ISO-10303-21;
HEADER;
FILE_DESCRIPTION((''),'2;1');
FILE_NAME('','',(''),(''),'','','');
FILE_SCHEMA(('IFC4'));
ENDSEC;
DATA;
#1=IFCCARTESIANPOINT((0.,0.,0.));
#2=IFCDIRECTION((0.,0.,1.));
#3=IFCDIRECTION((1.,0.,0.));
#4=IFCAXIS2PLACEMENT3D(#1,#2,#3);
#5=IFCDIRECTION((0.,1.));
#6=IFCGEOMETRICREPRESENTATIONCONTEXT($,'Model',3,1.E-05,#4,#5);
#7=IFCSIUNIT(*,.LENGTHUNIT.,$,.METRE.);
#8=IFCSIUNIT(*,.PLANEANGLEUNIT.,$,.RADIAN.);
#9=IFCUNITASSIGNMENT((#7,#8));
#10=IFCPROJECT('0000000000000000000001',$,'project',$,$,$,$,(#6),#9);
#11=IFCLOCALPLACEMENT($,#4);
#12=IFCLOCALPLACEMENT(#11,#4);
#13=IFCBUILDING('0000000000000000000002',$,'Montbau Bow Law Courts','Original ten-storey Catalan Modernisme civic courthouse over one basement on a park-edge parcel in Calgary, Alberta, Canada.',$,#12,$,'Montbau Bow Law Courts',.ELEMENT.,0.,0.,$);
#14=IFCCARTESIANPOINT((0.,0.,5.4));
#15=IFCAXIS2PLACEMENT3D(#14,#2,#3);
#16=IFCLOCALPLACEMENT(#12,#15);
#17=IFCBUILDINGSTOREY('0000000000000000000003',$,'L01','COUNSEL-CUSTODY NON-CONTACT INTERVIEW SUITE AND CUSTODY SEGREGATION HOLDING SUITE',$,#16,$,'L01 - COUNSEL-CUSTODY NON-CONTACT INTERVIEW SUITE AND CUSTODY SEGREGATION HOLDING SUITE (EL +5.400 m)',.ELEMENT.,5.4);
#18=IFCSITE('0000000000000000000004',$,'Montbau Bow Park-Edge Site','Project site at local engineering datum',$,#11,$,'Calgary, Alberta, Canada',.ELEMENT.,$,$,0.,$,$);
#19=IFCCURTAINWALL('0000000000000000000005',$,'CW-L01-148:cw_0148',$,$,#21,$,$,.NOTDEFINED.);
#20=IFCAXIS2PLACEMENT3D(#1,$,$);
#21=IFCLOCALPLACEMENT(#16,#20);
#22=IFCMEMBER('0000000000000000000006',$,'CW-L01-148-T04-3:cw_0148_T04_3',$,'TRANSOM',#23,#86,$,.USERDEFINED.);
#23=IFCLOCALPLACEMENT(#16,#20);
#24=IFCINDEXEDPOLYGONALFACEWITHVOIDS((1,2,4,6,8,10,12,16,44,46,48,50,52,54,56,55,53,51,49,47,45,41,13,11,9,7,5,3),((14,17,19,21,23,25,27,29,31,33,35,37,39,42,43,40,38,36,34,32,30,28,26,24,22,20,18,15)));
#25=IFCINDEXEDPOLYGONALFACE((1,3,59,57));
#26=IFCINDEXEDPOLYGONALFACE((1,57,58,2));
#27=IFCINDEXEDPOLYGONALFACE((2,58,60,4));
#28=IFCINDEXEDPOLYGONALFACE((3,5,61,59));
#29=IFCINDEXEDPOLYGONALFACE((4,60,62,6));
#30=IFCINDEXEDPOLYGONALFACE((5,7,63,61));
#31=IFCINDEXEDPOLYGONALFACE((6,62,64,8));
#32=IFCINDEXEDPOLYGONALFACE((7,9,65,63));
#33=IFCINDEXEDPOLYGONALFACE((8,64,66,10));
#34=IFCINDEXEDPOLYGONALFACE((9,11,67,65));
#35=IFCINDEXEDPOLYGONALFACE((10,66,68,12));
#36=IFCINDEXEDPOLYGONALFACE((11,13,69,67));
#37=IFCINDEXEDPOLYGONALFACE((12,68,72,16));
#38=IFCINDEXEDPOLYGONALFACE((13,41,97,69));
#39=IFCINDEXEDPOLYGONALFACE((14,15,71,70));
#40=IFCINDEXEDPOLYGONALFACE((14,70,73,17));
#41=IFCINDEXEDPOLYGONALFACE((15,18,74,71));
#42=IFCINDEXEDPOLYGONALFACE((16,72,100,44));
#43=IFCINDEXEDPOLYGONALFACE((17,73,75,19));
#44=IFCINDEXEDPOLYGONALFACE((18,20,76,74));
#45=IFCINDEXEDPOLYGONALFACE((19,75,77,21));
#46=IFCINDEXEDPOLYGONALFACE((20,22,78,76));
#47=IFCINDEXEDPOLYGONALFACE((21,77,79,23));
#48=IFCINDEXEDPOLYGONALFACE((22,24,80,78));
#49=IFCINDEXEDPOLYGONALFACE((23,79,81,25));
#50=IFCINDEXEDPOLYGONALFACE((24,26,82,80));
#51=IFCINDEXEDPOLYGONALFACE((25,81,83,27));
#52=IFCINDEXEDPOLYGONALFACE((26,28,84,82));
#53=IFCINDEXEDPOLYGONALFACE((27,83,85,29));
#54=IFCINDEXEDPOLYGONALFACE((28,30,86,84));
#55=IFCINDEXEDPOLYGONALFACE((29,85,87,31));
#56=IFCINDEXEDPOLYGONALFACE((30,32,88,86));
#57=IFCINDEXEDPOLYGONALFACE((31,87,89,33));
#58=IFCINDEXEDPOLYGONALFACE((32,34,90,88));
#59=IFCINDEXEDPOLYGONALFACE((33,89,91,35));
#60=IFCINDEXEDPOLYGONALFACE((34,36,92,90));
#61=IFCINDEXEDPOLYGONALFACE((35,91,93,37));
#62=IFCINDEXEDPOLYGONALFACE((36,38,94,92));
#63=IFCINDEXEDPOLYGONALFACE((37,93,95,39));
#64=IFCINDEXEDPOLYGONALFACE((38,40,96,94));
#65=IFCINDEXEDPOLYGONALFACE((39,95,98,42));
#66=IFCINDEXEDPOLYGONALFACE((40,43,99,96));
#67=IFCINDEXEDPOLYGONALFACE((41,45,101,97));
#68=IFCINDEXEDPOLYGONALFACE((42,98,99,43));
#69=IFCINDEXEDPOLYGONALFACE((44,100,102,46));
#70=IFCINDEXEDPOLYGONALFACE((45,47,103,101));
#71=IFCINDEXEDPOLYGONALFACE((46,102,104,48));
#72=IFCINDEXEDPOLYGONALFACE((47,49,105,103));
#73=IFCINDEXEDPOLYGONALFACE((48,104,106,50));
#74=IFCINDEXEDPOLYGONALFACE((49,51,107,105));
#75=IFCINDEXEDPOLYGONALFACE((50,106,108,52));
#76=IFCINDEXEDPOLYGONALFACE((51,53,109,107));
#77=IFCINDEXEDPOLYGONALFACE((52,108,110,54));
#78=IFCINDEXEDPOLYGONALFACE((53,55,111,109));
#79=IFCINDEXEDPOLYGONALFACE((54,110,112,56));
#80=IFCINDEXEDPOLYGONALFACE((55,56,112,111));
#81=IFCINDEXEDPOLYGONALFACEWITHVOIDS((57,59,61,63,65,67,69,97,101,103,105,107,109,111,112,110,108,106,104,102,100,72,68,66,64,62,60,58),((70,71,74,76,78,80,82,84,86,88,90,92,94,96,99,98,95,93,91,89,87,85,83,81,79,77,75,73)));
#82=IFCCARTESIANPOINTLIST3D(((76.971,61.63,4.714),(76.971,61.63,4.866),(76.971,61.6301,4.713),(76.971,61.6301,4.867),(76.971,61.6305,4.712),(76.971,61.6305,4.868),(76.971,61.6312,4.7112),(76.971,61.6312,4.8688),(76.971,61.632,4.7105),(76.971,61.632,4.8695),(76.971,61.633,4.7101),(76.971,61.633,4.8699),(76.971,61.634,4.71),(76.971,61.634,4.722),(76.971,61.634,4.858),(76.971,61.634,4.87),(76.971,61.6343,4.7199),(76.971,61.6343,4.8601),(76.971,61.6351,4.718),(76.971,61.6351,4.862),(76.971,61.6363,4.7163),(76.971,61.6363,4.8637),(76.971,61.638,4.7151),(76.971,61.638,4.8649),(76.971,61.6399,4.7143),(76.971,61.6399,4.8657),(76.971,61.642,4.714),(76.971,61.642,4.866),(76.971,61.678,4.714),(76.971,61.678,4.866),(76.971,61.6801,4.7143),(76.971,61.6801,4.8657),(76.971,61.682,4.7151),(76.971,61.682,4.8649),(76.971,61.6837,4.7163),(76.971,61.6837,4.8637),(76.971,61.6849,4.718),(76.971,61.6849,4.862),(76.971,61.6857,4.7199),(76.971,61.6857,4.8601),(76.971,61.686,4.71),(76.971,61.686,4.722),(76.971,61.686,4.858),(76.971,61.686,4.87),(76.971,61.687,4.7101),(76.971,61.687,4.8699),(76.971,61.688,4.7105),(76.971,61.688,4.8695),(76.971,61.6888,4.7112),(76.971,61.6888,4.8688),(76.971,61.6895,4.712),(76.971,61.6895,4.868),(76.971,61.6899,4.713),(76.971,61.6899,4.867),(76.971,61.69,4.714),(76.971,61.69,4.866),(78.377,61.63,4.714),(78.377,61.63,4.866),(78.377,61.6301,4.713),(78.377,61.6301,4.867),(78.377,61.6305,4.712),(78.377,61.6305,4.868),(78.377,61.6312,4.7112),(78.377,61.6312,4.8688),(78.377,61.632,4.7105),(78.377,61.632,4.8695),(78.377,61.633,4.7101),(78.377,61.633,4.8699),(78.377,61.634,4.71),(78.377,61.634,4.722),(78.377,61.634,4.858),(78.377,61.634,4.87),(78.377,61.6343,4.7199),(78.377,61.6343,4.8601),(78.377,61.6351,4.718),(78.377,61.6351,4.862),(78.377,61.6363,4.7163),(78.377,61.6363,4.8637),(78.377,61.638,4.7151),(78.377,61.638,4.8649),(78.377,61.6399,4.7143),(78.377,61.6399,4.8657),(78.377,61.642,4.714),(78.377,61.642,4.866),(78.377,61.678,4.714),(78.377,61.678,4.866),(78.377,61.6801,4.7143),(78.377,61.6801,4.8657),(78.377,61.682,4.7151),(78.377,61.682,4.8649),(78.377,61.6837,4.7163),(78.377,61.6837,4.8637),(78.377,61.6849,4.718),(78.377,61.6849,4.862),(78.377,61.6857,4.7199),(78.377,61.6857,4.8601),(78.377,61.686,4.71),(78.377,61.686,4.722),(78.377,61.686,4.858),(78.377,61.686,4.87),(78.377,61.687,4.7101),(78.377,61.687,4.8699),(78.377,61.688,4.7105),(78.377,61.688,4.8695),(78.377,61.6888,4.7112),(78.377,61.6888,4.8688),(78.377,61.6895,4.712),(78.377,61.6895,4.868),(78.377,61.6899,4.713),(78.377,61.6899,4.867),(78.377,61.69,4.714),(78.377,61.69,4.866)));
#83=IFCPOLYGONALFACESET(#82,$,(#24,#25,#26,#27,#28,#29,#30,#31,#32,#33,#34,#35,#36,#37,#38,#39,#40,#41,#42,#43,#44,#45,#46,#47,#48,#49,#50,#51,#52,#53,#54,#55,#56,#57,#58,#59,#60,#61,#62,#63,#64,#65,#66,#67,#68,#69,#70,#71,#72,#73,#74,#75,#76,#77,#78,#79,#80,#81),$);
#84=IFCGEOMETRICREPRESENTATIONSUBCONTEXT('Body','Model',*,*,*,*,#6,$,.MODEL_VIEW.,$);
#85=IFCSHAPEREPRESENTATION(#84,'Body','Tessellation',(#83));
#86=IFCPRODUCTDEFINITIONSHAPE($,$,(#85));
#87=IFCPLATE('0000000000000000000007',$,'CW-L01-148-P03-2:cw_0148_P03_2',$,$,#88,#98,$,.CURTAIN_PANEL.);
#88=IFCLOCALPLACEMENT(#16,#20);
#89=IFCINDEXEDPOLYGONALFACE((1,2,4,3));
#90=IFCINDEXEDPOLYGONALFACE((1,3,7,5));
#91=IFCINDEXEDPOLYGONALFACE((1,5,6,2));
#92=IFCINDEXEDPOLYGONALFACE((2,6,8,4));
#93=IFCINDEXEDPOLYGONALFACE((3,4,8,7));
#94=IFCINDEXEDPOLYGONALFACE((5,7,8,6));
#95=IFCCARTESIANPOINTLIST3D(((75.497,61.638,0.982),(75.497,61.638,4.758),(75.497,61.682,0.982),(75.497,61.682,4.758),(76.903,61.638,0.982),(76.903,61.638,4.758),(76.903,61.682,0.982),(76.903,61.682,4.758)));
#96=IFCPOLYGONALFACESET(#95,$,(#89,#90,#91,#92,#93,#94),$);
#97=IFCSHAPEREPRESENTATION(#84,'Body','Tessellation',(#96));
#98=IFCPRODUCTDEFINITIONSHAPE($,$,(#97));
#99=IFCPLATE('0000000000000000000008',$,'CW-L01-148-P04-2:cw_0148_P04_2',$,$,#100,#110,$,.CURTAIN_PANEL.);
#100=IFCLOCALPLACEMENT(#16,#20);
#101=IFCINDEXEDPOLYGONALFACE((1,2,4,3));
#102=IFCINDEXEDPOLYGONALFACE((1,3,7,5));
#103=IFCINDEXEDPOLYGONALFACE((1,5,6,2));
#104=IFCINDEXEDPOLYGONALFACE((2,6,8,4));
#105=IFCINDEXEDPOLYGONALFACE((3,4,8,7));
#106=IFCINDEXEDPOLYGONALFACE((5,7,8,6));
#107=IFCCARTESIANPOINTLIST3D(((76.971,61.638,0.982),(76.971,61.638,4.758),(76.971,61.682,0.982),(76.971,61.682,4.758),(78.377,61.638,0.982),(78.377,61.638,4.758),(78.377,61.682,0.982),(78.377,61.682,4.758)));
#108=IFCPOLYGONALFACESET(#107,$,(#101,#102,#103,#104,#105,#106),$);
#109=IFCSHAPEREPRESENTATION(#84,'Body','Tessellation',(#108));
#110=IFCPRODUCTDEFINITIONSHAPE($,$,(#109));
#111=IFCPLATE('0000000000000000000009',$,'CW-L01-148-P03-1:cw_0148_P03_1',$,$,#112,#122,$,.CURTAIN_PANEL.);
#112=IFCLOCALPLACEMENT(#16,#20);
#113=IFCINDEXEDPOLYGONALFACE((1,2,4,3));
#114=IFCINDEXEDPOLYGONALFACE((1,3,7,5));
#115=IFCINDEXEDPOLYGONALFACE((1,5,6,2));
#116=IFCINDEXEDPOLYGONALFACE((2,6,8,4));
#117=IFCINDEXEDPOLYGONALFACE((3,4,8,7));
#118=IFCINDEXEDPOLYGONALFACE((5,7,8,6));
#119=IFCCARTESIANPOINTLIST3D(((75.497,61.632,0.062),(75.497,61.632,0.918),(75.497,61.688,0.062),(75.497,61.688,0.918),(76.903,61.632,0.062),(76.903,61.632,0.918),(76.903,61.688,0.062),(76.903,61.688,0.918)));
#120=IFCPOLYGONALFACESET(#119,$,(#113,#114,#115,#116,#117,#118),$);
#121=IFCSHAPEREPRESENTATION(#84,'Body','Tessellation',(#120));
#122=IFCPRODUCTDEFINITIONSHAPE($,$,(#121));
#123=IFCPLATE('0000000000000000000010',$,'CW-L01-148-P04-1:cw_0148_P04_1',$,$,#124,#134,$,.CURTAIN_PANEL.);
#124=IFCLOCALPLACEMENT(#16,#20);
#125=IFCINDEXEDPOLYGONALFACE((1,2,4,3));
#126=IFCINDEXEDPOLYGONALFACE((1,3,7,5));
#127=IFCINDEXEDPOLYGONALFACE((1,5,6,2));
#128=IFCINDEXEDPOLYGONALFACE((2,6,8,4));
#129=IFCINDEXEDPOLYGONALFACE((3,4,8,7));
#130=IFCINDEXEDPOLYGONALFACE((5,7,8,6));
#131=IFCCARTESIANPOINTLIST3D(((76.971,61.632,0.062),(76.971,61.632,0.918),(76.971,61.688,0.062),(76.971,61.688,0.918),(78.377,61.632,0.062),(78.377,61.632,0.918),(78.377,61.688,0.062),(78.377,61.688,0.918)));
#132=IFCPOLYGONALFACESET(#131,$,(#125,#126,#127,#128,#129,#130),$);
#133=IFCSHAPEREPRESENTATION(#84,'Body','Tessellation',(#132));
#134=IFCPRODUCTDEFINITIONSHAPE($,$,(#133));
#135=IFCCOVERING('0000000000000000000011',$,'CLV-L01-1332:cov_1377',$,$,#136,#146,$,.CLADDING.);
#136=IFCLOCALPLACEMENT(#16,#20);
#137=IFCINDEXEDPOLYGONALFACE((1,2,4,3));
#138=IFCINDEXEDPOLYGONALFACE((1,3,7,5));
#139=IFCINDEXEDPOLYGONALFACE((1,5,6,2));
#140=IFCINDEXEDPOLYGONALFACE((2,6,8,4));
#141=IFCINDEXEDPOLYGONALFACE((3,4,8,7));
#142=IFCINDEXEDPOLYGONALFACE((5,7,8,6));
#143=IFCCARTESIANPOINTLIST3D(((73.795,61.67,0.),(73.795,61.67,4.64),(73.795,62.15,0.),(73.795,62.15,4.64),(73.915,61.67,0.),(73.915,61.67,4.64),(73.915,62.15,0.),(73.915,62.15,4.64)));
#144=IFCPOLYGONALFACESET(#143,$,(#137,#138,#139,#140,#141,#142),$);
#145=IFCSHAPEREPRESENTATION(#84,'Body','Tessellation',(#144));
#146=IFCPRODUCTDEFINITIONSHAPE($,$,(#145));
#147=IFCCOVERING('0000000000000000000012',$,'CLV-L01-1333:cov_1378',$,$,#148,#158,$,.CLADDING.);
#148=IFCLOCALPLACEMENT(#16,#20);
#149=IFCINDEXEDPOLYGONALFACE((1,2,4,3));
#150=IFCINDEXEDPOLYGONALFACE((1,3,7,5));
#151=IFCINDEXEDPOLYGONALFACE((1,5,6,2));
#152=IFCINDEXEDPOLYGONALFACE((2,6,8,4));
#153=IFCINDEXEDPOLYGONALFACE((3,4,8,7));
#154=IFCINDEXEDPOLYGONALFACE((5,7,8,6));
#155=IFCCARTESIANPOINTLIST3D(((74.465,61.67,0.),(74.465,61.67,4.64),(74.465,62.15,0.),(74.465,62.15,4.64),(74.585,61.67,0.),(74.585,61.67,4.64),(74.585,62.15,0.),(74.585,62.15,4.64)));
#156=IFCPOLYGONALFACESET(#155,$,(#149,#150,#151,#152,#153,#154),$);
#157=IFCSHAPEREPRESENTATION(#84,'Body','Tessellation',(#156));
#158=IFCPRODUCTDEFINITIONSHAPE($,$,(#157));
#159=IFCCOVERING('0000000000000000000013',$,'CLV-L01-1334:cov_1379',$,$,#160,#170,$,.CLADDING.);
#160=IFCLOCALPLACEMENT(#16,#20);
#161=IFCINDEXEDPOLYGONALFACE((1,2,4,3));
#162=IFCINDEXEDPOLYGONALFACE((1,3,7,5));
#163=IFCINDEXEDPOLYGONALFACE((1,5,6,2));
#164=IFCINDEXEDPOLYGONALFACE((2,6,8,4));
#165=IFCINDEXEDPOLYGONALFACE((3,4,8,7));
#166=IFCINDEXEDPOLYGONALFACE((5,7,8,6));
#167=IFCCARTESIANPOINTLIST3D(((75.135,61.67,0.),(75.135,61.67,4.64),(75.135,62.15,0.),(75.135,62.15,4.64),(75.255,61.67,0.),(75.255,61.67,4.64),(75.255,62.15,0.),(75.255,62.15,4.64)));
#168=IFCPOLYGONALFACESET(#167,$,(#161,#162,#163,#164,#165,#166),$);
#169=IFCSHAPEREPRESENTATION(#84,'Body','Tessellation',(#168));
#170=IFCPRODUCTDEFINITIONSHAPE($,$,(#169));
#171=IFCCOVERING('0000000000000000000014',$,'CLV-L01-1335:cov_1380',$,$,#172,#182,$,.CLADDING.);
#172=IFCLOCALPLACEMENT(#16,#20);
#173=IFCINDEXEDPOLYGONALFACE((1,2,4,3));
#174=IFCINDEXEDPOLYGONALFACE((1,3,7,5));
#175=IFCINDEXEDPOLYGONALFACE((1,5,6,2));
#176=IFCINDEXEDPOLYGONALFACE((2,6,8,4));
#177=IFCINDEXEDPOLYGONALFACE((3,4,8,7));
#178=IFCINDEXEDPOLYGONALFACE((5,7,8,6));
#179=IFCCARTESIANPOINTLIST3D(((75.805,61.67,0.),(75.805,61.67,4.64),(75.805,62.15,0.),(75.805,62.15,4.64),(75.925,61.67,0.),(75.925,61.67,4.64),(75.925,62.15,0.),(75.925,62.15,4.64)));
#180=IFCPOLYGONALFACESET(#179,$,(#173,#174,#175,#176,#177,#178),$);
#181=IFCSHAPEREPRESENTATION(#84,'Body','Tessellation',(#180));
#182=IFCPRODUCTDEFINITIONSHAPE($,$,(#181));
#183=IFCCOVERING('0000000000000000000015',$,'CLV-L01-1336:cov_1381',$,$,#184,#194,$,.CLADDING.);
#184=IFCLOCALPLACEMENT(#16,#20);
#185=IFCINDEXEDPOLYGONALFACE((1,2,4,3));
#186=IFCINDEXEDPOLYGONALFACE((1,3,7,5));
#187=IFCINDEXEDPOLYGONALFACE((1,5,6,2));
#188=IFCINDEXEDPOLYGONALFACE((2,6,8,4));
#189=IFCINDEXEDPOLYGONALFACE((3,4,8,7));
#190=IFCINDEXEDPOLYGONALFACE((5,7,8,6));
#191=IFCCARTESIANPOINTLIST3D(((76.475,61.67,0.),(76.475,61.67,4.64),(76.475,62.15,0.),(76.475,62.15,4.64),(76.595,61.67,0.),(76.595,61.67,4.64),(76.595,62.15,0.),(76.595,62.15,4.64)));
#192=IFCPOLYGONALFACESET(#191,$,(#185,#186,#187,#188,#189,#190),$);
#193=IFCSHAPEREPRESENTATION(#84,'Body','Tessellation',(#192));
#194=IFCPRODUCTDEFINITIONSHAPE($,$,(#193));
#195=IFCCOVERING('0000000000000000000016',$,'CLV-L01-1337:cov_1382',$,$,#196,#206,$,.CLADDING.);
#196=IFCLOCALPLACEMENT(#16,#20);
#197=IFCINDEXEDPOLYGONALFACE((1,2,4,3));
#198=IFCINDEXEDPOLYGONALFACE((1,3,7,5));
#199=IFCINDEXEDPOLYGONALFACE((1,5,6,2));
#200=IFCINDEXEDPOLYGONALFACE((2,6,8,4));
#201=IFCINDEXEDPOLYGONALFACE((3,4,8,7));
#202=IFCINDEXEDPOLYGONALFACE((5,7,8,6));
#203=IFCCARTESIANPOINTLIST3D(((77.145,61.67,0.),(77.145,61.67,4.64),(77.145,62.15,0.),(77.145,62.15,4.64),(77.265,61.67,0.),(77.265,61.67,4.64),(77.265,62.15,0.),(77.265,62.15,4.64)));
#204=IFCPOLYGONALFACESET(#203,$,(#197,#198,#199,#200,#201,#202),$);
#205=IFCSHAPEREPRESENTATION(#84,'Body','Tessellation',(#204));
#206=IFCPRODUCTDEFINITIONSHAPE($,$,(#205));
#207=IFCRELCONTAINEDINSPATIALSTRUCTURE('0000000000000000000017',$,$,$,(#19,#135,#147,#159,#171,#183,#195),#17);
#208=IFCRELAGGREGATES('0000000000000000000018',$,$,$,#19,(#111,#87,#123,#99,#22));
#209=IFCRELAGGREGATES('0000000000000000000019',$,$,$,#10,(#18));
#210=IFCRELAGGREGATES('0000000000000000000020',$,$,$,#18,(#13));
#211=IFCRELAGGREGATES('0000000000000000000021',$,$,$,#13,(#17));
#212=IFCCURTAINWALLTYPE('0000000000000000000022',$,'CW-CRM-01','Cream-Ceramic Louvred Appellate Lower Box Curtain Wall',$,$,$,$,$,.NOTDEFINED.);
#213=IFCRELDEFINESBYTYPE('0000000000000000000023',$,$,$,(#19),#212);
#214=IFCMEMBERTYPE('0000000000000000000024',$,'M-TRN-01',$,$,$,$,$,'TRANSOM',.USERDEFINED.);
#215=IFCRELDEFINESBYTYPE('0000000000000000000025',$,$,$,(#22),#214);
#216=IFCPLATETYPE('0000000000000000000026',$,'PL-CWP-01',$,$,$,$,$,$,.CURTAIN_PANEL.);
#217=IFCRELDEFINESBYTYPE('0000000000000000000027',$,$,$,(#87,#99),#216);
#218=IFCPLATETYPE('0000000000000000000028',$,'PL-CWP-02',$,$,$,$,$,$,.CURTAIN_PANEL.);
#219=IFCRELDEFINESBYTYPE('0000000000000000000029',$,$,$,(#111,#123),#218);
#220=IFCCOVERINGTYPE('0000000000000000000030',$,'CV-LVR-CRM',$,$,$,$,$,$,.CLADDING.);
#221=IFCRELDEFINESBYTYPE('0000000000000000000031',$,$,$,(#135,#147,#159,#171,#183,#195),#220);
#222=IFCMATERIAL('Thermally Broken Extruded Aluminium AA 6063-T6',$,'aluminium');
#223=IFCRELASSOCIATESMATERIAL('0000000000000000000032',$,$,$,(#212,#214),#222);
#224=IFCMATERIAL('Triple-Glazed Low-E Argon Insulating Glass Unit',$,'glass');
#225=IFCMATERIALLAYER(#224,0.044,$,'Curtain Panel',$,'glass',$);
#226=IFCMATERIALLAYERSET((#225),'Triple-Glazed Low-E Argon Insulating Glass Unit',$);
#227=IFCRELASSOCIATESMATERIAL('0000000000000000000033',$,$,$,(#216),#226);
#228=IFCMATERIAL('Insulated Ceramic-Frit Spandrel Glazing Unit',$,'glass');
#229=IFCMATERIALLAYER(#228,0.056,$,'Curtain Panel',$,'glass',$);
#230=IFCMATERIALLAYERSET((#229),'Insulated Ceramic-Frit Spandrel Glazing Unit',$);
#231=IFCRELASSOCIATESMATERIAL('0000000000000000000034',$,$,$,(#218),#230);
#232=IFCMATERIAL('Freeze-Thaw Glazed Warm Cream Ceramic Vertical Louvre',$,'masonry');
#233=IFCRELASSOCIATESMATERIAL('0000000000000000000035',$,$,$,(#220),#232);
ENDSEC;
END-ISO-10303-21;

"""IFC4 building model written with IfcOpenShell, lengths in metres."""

from ifc_helpers import new_model, si_unit, direction, frame, frame_2d, origin_with_axes, origin_2d_with_axis, place, context, subcontext, project, spatial, rectangle, hollow_rectangle, extrude, material, layer, layer_set, material_profile, profile_set, type_object, element, aggregate, save


model = new_model("IFC4")

# Units and contexts
model_context = context("Model", 3, precision=1e-05, world=origin_with_axes(), true_north=direction((0.0, 1.0)))
body_context = subcontext(model_context, "Body", "Model", "MODEL_VIEW")
ifc_project = project(units=[si_unit("LENGTHUNIT", "METRE"), si_unit("PLANEANGLEUNIT", "RADIAN")], contexts=[model_context])

# Site, building, storey
site_placement = place(None, origin_with_axes())
site = spatial("IfcSite", under=ifc_project, at=site_placement, Name="Montbau Bow Park-Edge Site", Description="Project site at local engineering datum", LongName="Calgary, Alberta, Canada", CompositionType="ELEMENT", RefElevation=0.0)
building_placement = place(site_placement, origin_with_axes())
building = spatial("IfcBuilding", under=site, at=building_placement, Name="Montbau Bow Law Courts", Description="Original ten-storey Catalan Modernisme civic courthouse over one basement on a park-edge parcel in Calgary, Alberta, Canada.", LongName="Montbau Bow Law Courts", CompositionType="ELEMENT", ElevationOfRefHeight=0.0, ElevationOfTerrain=0.0)
storey_placement = place(building_placement, frame((0.0, 0.0, 5.4), z_axis=(0.0, 0.0, 1.0), x_axis=(1.0, 0.0, 0.0)))
storey = spatial("IfcBuildingStorey", under=building, at=storey_placement, Name="L01", Description="COUNSEL-CUSTODY NON-CONTACT INTERVIEW SUITE AND CUSTODY SEGREGATION HOLDING SUITE", LongName="L01 - COUNSEL-CUSTODY NON-CONTACT INTERVIEW SUITE AND CUSTODY SEGREGATION HOLDING SUITE (EL +5.400 m)", CompositionType="ELEMENT", Elevation=5.4)

# Curtain wall, member, plates
ifc_material_1 = material(Name="Thermally Broken Extruded Aluminium AA 6063-T6", Category="aluminium")
curtain_wall_type = type_object("IfcCurtainWallType", Name="CW-CRM-01", Description="Cream-Ceramic Louvred Appellate Lower Box Curtain Wall", PredefinedType="NOTDEFINED", material=ifc_material_1)
curtain_wall_placement = place(None, frame((72.515, 61.66, 5.4), z_axis=(0.0, 0.0, 1.0), x_axis=(1.0, 0.0, 0.0)))
curtain_wall = element("IfcCurtainWall", 1, at=curtain_wall_placement, inside=storey, type_object=curtain_wall_type, Name="CW-L01-148:cw_0148", PredefinedType="NOTDEFINED")
ifc_material_profile_1 = material_profile(ifc_material_1, hollow_rectangle(XDim=0.06, YDim=0.16, WallThickness=0.004, InnerFilletRadius=0.008, OuterFilletRadius=0.004, at=origin_2d_with_axis()), Name="CWT-160X60", Category="Main", Priority=0)
ifc_profile_set_1 = profile_set([ifc_material_profile_1], Name="Thermally Broken Extruded Aluminium AA 6063-T6")
member_type_1 = type_object("IfcMemberType", Name="M-TRN-01", ElementType="TRANSOM", PredefinedType="USERDEFINED", material=ifc_profile_set_1)
member_1_placement = place(None, frame((76.971, 61.66, 10.19), z_axis=(1.0, 0.0, 0.0), x_axis=(0.0, 1.0, 0.0)))
member_1 = element("IfcMember", 2, at=member_1_placement, type_object=member_type_1, Name="CW-L01-148-T04-3:cw_0148_T04_3", ObjectType="TRANSOM", PredefinedType="USERDEFINED", context=body_context, shape_type="SweptSolid", body=[
    extrude(hollow_rectangle(XDim=0.06, YDim=0.16, WallThickness=0.004, InnerFilletRadius=0.008, OuterFilletRadius=0.004, at=origin_2d_with_axis()), origin_with_axes(), (0.0, 0.0, 1.0), 1.406),
])
ifc_material_2 = material(Name="Triple-Glazed Low-E Argon Insulating Glass Unit", Category="glass")
ifc_layer_1 = layer(ifc_material_2, 0.044, Name="Curtain Panel", Category="glass")
ifc_layer_set_1 = layer_set([ifc_layer_1], Name="Triple-Glazed Low-E Argon Insulating Glass Unit")
plate_type_1 = type_object("IfcPlateType", Name="PL-CWP-01", PredefinedType="CURTAIN_PANEL", material=ifc_layer_set_1)
plate_1_placement = place(None, frame((75.497, 61.66, 6.382), z_axis=(0.0, -1.0, 0.0), x_axis=(1.0, 0.0, 0.0)))
plate_1 = element("IfcPlate", 3, at=plate_1_placement, type_object=plate_type_1, Name="CW-L01-148-P03-2:cw_0148_P03_2", PredefinedType="CURTAIN_PANEL", context=body_context, shape_type="SweptSolid", body=[
    extrude(rectangle(XDim=1.406, YDim=3.776, at=frame_2d((0.703, 1.888), x_axis=(1.0, 0.0))), frame((0.0, 0.0, -0.022), z_axis=(0.0, 0.0, 1.0), x_axis=(1.0, 0.0, 0.0)), (0.0, 0.0, 1.0), 0.044),
])
plate_2_placement = place(None, frame((76.971, 61.66, 6.382), z_axis=(0.0, -1.0, 0.0), x_axis=(1.0, 0.0, 0.0)))
plate_2 = element("IfcPlate", 4, at=plate_2_placement, type_object=plate_type_1, Name="CW-L01-148-P04-2:cw_0148_P04_2", PredefinedType="CURTAIN_PANEL", context=body_context, shape_type="SweptSolid", body=[
    extrude(rectangle(XDim=1.406, YDim=3.776, at=frame_2d((0.703, 1.888), x_axis=(1.0, 0.0))), frame((0.0, 0.0, -0.022), z_axis=(0.0, 0.0, 1.0), x_axis=(1.0, 0.0, 0.0)), (0.0, 0.0, 1.0), 0.044),
])
ifc_material_3 = material(Name="Insulated Ceramic-Frit Spandrel Glazing Unit", Category="glass")
ifc_layer_2 = layer(ifc_material_3, 0.056, Name="Curtain Panel", Category="glass")
ifc_layer_set_2 = layer_set([ifc_layer_2], Name="Insulated Ceramic-Frit Spandrel Glazing Unit")
plate_type_2 = type_object("IfcPlateType", Name="PL-CWP-02", PredefinedType="CURTAIN_PANEL", material=ifc_layer_set_2)
plate_3_placement = place(None, frame((75.497, 61.66, 5.462), z_axis=(0.0, -1.0, 0.0), x_axis=(1.0, 0.0, 0.0)))
plate_3 = element("IfcPlate", 5, at=plate_3_placement, type_object=plate_type_2, Name="CW-L01-148-P03-1:cw_0148_P03_1", PredefinedType="CURTAIN_PANEL", context=body_context, shape_type="SweptSolid", body=[
    extrude(rectangle(XDim=1.406, YDim=0.856, at=frame_2d((0.703, 0.428), x_axis=(1.0, 0.0))), frame((0.0, 0.0, -0.028), z_axis=(0.0, 0.0, 1.0), x_axis=(1.0, 0.0, 0.0)), (0.0, 0.0, 1.0), 0.056),
])
plate_4_placement = place(None, frame((76.971, 61.66, 5.462), z_axis=(0.0, -1.0, 0.0), x_axis=(1.0, 0.0, 0.0)))
plate_4 = element("IfcPlate", 6, at=plate_4_placement, type_object=plate_type_2, Name="CW-L01-148-P04-1:cw_0148_P04_1", PredefinedType="CURTAIN_PANEL", context=body_context, shape_type="SweptSolid", body=[
    extrude(rectangle(XDim=1.406, YDim=0.856, at=frame_2d((0.703, 0.428), x_axis=(1.0, 0.0))), frame((0.0, 0.0, -0.028), z_axis=(0.0, 0.0, 1.0), x_axis=(1.0, 0.0, 0.0)), (0.0, 0.0, 1.0), 0.056),
])
aggregate(curtain_wall, [plate_3, plate_1, plate_4, plate_2, member_1])

# Coverings
ifc_material_4 = material(Name="Freeze-Thaw Glazed Warm Cream Ceramic Vertical Louvre", Category="masonry")
covering_type = type_object("IfcCoveringType", Name="CV-LVR-CRM", PredefinedType="CLADDING", material=ifc_material_4)
for number, where, z_axis, x_axis, name in (
    (7, (73.855, 61.67, 5.4), (1.0, 0.0, 0.0), (0.0, 1.0, 0.0), "CLV-L01-1332:cov_1377"),
    (8, (74.525, 61.67, 5.4), (1.0, 0.0, 0.0), (0.0, 1.0, 0.0), "CLV-L01-1333:cov_1378"),
    (9, (75.195, 61.67, 5.4), (1.0, 0.0, 0.0), (0.0, 1.0, 0.0), "CLV-L01-1334:cov_1379"),
    (10, (75.865, 61.67, 5.4), (1.0, 0.0, 0.0), (0.0, 1.0, 0.0), "CLV-L01-1335:cov_1380"),
    (11, (76.535, 61.67, 5.4), (1.0, 0.0, 0.0), (0.0, 1.0, 0.0), "CLV-L01-1336:cov_1381"),
    (12, (77.205, 61.67, 5.4), (1.0, 0.0, 0.0), (0.0, 1.0, 0.0), "CLV-L01-1337:cov_1382"),
):
    element("IfcCovering", number, at=place(None, frame(where, z_axis=z_axis, x_axis=x_axis)), inside=storey, type_object=covering_type, Name=name, PredefinedType="CLADDING", context=body_context, shape_type="SweptSolid", body=[
        extrude(rectangle(XDim=0.48, YDim=4.64, at=frame_2d((0.24, 2.32), x_axis=(1.0, 0.0))), frame((0.0, 0.0, -0.06), z_axis=(0.0, 0.0, 1.0), x_axis=(1.0, 0.0, 0.0)), (0.0, 0.0, 1.0), 0.12),
    ])

save(model, "model.ifc")
